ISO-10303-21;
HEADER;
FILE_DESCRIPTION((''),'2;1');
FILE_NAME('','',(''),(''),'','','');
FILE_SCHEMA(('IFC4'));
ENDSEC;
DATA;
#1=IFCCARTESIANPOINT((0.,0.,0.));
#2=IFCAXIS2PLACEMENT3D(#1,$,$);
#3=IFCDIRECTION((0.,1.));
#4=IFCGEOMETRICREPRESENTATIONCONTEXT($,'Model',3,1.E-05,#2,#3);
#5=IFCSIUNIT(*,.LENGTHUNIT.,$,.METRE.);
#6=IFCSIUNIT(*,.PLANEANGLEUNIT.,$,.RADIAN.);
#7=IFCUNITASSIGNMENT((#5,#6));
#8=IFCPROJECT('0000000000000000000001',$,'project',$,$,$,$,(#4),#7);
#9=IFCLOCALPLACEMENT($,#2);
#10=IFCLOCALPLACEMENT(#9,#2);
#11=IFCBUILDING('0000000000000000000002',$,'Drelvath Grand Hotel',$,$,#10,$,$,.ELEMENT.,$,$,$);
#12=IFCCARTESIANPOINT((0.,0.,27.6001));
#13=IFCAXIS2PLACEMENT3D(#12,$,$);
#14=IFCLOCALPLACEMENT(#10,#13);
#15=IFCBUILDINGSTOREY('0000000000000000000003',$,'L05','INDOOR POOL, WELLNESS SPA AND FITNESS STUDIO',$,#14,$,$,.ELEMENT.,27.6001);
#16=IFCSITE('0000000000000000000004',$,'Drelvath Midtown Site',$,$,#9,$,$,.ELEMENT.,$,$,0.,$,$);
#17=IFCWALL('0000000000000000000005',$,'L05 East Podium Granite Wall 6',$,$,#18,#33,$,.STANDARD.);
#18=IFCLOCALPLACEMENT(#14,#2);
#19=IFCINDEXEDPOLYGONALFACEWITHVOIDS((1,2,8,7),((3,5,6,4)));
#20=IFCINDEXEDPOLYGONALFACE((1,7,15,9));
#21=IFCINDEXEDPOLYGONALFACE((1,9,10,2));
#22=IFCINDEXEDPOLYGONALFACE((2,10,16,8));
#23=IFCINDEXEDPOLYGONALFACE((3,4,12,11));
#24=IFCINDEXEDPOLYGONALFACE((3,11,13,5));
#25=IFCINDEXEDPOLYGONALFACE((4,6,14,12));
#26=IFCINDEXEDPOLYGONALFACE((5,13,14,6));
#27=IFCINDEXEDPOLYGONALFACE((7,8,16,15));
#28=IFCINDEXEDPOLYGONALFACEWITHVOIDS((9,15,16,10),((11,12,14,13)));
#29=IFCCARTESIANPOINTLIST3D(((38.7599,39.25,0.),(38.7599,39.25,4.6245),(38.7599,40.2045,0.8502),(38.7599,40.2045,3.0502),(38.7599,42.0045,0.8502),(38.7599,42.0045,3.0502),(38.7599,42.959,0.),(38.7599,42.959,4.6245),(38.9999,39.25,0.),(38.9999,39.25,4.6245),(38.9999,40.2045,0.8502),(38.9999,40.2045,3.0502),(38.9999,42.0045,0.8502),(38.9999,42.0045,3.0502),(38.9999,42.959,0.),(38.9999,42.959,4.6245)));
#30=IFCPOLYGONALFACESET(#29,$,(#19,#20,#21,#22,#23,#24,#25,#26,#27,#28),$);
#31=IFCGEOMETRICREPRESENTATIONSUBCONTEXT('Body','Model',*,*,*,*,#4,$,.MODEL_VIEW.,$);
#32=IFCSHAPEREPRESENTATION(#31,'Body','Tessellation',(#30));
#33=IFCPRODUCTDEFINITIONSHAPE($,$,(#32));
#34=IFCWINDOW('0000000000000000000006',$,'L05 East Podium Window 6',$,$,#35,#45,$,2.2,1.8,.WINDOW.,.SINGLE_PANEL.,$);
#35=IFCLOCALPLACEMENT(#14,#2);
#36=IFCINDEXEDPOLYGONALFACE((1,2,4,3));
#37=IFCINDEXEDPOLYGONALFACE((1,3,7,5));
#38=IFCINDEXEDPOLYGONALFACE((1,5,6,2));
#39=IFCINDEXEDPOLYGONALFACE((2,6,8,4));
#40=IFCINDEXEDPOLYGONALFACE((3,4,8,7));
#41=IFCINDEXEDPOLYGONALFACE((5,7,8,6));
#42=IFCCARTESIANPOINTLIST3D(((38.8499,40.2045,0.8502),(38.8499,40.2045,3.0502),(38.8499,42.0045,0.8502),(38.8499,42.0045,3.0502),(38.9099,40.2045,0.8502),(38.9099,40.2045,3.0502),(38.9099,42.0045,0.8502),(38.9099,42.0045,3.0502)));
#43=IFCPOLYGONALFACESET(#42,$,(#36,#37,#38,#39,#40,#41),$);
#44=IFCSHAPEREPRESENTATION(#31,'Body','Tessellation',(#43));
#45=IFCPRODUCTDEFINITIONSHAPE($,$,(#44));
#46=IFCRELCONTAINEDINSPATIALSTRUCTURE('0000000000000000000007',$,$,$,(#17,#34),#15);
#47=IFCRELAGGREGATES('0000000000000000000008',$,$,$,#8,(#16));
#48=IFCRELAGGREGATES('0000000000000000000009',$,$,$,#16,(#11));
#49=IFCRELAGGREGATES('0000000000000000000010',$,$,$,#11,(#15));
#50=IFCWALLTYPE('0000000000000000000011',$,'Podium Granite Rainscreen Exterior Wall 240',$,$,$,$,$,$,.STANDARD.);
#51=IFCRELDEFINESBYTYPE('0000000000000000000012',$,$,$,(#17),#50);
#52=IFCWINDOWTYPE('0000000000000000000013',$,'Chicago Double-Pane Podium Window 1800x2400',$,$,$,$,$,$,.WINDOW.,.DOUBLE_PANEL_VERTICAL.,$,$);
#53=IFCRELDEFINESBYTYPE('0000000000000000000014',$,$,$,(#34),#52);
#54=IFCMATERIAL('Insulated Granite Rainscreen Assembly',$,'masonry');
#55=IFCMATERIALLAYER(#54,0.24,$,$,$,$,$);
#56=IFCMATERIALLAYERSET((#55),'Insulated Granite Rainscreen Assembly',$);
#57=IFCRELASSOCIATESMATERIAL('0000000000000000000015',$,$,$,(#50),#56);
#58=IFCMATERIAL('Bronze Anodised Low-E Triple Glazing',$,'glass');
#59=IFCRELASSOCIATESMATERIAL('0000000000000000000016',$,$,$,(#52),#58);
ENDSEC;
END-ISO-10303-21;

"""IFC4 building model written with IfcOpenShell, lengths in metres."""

from ifc_helpers import new_model, si_unit, direction, frame, frame_2d, origin, place, context, subcontext, project, spatial, rectangle, extrude, material, layer, layer_set, type_object, element, fill, save


model = new_model("IFC4")

# Units and contexts
model_context = context("Model", 3, precision=1e-05, world=origin(), true_north=direction((0.0, 1.0)))
body_context = subcontext(model_context, "Body", "Model", "MODEL_VIEW")
ifc_project = project(units=[si_unit("LENGTHUNIT", "METRE"), si_unit("PLANEANGLEUNIT", "RADIAN")], contexts=[model_context])

# Site, building, storey
site_placement = place(None, origin())
site = spatial("IfcSite", under=ifc_project, at=site_placement, Name="Drelvath Midtown Site", CompositionType="ELEMENT", RefElevation=0.0)
building_placement = place(site_placement, origin())
building = spatial("IfcBuilding", under=site, at=building_placement, Name="Drelvath Grand Hotel", CompositionType="ELEMENT")
storey_placement = place(building_placement, frame((0.0, 0.0, 27.6001)))
storey = spatial("IfcBuildingStorey", under=building, at=storey_placement, Name="L05", Description="INDOOR POOL, WELLNESS SPA AND FITNESS STUDIO", CompositionType="ELEMENT", Elevation=27.6001)

# Wall, opening, window
ifc_material_1 = material(Name="Insulated Granite Rainscreen Assembly", Category="masonry")
ifc_layer_1 = layer(ifc_material_1, 0.24)
ifc_layer_set_1 = layer_set([ifc_layer_1], Name="Insulated Granite Rainscreen Assembly")
wall_type = type_object("IfcWallType", Name="Podium Granite Rainscreen Exterior Wall 240", PredefinedType="STANDARD", material=ifc_layer_set_1)
ifc_material_2 = material(Name="Bronze Anodised Low-E Triple Glazing", Category="glass")
window_type = type_object("IfcWindowType", Name="Chicago Double-Pane Podium Window 1800x2400", PartitioningType="DOUBLE_PANEL_VERTICAL", PredefinedType="WINDOW", material=ifc_material_2)
wall_1_placement = place(storey_placement, frame((38.8799, 42.959, 0.0), z_axis=(0.0, 0.0, 1.0), x_axis=(0.0, -1.0, 0.0)))
wall_1 = element("IfcWall", 1, at=wall_1_placement, inside=storey, type_object=wall_type, Name="L05 East Podium Granite Wall 6", PredefinedType="STANDARD", context=body_context, shape_type="SweptSolid", body=[
    extrude(rectangle(XDim=3.709, YDim=0.24, at=frame_2d((1.8545, 0.0))), origin(), (0.0, 0.0, 1.0), 4.6245),
])
opening_1_placement = place(wall_1_placement, frame((0.9546, 0.0, 0.8501)))
opening_1 = element("IfcOpeningElement", 2, at=opening_1_placement, cuts=wall_1, PredefinedType="OPENING", context=body_context, shape_type="SweptSolid", body=[
    extrude(rectangle(XDim=1.8, YDim=2.2, at=frame_2d((0.8999, 1.1001))), frame((0.0, 0.1299, 0.0), z_axis=(0.0, -1.0, 0.0), x_axis=(1.0, 0.0, 0.0)), (0.0, 0.0, 1.0), 0.26),
])
window_1_placement = place(opening_1_placement, origin())
window_1 = element("IfcWindow", 3, at=window_1_placement, inside=storey, type_object=window_type, Name="L05 East Podium Window 6", OverallHeight=2.2, OverallWidth=1.8, PartitioningType="SINGLE_PANEL", PredefinedType="WINDOW", context=body_context, shape_type="SweptSolid", body=[
    extrude(rectangle(XDim=1.8, YDim=2.2, at=frame_2d((0.8999, 1.1001))), frame((0.0, 0.03, 0.0), z_axis=(0.0, -1.0, 0.0), x_axis=(1.0, 0.0, 0.0)), (0.0, 0.0, 1.0), 0.0601),
])
fill(opening_1, window_1)

save(model, "model.ifc")
